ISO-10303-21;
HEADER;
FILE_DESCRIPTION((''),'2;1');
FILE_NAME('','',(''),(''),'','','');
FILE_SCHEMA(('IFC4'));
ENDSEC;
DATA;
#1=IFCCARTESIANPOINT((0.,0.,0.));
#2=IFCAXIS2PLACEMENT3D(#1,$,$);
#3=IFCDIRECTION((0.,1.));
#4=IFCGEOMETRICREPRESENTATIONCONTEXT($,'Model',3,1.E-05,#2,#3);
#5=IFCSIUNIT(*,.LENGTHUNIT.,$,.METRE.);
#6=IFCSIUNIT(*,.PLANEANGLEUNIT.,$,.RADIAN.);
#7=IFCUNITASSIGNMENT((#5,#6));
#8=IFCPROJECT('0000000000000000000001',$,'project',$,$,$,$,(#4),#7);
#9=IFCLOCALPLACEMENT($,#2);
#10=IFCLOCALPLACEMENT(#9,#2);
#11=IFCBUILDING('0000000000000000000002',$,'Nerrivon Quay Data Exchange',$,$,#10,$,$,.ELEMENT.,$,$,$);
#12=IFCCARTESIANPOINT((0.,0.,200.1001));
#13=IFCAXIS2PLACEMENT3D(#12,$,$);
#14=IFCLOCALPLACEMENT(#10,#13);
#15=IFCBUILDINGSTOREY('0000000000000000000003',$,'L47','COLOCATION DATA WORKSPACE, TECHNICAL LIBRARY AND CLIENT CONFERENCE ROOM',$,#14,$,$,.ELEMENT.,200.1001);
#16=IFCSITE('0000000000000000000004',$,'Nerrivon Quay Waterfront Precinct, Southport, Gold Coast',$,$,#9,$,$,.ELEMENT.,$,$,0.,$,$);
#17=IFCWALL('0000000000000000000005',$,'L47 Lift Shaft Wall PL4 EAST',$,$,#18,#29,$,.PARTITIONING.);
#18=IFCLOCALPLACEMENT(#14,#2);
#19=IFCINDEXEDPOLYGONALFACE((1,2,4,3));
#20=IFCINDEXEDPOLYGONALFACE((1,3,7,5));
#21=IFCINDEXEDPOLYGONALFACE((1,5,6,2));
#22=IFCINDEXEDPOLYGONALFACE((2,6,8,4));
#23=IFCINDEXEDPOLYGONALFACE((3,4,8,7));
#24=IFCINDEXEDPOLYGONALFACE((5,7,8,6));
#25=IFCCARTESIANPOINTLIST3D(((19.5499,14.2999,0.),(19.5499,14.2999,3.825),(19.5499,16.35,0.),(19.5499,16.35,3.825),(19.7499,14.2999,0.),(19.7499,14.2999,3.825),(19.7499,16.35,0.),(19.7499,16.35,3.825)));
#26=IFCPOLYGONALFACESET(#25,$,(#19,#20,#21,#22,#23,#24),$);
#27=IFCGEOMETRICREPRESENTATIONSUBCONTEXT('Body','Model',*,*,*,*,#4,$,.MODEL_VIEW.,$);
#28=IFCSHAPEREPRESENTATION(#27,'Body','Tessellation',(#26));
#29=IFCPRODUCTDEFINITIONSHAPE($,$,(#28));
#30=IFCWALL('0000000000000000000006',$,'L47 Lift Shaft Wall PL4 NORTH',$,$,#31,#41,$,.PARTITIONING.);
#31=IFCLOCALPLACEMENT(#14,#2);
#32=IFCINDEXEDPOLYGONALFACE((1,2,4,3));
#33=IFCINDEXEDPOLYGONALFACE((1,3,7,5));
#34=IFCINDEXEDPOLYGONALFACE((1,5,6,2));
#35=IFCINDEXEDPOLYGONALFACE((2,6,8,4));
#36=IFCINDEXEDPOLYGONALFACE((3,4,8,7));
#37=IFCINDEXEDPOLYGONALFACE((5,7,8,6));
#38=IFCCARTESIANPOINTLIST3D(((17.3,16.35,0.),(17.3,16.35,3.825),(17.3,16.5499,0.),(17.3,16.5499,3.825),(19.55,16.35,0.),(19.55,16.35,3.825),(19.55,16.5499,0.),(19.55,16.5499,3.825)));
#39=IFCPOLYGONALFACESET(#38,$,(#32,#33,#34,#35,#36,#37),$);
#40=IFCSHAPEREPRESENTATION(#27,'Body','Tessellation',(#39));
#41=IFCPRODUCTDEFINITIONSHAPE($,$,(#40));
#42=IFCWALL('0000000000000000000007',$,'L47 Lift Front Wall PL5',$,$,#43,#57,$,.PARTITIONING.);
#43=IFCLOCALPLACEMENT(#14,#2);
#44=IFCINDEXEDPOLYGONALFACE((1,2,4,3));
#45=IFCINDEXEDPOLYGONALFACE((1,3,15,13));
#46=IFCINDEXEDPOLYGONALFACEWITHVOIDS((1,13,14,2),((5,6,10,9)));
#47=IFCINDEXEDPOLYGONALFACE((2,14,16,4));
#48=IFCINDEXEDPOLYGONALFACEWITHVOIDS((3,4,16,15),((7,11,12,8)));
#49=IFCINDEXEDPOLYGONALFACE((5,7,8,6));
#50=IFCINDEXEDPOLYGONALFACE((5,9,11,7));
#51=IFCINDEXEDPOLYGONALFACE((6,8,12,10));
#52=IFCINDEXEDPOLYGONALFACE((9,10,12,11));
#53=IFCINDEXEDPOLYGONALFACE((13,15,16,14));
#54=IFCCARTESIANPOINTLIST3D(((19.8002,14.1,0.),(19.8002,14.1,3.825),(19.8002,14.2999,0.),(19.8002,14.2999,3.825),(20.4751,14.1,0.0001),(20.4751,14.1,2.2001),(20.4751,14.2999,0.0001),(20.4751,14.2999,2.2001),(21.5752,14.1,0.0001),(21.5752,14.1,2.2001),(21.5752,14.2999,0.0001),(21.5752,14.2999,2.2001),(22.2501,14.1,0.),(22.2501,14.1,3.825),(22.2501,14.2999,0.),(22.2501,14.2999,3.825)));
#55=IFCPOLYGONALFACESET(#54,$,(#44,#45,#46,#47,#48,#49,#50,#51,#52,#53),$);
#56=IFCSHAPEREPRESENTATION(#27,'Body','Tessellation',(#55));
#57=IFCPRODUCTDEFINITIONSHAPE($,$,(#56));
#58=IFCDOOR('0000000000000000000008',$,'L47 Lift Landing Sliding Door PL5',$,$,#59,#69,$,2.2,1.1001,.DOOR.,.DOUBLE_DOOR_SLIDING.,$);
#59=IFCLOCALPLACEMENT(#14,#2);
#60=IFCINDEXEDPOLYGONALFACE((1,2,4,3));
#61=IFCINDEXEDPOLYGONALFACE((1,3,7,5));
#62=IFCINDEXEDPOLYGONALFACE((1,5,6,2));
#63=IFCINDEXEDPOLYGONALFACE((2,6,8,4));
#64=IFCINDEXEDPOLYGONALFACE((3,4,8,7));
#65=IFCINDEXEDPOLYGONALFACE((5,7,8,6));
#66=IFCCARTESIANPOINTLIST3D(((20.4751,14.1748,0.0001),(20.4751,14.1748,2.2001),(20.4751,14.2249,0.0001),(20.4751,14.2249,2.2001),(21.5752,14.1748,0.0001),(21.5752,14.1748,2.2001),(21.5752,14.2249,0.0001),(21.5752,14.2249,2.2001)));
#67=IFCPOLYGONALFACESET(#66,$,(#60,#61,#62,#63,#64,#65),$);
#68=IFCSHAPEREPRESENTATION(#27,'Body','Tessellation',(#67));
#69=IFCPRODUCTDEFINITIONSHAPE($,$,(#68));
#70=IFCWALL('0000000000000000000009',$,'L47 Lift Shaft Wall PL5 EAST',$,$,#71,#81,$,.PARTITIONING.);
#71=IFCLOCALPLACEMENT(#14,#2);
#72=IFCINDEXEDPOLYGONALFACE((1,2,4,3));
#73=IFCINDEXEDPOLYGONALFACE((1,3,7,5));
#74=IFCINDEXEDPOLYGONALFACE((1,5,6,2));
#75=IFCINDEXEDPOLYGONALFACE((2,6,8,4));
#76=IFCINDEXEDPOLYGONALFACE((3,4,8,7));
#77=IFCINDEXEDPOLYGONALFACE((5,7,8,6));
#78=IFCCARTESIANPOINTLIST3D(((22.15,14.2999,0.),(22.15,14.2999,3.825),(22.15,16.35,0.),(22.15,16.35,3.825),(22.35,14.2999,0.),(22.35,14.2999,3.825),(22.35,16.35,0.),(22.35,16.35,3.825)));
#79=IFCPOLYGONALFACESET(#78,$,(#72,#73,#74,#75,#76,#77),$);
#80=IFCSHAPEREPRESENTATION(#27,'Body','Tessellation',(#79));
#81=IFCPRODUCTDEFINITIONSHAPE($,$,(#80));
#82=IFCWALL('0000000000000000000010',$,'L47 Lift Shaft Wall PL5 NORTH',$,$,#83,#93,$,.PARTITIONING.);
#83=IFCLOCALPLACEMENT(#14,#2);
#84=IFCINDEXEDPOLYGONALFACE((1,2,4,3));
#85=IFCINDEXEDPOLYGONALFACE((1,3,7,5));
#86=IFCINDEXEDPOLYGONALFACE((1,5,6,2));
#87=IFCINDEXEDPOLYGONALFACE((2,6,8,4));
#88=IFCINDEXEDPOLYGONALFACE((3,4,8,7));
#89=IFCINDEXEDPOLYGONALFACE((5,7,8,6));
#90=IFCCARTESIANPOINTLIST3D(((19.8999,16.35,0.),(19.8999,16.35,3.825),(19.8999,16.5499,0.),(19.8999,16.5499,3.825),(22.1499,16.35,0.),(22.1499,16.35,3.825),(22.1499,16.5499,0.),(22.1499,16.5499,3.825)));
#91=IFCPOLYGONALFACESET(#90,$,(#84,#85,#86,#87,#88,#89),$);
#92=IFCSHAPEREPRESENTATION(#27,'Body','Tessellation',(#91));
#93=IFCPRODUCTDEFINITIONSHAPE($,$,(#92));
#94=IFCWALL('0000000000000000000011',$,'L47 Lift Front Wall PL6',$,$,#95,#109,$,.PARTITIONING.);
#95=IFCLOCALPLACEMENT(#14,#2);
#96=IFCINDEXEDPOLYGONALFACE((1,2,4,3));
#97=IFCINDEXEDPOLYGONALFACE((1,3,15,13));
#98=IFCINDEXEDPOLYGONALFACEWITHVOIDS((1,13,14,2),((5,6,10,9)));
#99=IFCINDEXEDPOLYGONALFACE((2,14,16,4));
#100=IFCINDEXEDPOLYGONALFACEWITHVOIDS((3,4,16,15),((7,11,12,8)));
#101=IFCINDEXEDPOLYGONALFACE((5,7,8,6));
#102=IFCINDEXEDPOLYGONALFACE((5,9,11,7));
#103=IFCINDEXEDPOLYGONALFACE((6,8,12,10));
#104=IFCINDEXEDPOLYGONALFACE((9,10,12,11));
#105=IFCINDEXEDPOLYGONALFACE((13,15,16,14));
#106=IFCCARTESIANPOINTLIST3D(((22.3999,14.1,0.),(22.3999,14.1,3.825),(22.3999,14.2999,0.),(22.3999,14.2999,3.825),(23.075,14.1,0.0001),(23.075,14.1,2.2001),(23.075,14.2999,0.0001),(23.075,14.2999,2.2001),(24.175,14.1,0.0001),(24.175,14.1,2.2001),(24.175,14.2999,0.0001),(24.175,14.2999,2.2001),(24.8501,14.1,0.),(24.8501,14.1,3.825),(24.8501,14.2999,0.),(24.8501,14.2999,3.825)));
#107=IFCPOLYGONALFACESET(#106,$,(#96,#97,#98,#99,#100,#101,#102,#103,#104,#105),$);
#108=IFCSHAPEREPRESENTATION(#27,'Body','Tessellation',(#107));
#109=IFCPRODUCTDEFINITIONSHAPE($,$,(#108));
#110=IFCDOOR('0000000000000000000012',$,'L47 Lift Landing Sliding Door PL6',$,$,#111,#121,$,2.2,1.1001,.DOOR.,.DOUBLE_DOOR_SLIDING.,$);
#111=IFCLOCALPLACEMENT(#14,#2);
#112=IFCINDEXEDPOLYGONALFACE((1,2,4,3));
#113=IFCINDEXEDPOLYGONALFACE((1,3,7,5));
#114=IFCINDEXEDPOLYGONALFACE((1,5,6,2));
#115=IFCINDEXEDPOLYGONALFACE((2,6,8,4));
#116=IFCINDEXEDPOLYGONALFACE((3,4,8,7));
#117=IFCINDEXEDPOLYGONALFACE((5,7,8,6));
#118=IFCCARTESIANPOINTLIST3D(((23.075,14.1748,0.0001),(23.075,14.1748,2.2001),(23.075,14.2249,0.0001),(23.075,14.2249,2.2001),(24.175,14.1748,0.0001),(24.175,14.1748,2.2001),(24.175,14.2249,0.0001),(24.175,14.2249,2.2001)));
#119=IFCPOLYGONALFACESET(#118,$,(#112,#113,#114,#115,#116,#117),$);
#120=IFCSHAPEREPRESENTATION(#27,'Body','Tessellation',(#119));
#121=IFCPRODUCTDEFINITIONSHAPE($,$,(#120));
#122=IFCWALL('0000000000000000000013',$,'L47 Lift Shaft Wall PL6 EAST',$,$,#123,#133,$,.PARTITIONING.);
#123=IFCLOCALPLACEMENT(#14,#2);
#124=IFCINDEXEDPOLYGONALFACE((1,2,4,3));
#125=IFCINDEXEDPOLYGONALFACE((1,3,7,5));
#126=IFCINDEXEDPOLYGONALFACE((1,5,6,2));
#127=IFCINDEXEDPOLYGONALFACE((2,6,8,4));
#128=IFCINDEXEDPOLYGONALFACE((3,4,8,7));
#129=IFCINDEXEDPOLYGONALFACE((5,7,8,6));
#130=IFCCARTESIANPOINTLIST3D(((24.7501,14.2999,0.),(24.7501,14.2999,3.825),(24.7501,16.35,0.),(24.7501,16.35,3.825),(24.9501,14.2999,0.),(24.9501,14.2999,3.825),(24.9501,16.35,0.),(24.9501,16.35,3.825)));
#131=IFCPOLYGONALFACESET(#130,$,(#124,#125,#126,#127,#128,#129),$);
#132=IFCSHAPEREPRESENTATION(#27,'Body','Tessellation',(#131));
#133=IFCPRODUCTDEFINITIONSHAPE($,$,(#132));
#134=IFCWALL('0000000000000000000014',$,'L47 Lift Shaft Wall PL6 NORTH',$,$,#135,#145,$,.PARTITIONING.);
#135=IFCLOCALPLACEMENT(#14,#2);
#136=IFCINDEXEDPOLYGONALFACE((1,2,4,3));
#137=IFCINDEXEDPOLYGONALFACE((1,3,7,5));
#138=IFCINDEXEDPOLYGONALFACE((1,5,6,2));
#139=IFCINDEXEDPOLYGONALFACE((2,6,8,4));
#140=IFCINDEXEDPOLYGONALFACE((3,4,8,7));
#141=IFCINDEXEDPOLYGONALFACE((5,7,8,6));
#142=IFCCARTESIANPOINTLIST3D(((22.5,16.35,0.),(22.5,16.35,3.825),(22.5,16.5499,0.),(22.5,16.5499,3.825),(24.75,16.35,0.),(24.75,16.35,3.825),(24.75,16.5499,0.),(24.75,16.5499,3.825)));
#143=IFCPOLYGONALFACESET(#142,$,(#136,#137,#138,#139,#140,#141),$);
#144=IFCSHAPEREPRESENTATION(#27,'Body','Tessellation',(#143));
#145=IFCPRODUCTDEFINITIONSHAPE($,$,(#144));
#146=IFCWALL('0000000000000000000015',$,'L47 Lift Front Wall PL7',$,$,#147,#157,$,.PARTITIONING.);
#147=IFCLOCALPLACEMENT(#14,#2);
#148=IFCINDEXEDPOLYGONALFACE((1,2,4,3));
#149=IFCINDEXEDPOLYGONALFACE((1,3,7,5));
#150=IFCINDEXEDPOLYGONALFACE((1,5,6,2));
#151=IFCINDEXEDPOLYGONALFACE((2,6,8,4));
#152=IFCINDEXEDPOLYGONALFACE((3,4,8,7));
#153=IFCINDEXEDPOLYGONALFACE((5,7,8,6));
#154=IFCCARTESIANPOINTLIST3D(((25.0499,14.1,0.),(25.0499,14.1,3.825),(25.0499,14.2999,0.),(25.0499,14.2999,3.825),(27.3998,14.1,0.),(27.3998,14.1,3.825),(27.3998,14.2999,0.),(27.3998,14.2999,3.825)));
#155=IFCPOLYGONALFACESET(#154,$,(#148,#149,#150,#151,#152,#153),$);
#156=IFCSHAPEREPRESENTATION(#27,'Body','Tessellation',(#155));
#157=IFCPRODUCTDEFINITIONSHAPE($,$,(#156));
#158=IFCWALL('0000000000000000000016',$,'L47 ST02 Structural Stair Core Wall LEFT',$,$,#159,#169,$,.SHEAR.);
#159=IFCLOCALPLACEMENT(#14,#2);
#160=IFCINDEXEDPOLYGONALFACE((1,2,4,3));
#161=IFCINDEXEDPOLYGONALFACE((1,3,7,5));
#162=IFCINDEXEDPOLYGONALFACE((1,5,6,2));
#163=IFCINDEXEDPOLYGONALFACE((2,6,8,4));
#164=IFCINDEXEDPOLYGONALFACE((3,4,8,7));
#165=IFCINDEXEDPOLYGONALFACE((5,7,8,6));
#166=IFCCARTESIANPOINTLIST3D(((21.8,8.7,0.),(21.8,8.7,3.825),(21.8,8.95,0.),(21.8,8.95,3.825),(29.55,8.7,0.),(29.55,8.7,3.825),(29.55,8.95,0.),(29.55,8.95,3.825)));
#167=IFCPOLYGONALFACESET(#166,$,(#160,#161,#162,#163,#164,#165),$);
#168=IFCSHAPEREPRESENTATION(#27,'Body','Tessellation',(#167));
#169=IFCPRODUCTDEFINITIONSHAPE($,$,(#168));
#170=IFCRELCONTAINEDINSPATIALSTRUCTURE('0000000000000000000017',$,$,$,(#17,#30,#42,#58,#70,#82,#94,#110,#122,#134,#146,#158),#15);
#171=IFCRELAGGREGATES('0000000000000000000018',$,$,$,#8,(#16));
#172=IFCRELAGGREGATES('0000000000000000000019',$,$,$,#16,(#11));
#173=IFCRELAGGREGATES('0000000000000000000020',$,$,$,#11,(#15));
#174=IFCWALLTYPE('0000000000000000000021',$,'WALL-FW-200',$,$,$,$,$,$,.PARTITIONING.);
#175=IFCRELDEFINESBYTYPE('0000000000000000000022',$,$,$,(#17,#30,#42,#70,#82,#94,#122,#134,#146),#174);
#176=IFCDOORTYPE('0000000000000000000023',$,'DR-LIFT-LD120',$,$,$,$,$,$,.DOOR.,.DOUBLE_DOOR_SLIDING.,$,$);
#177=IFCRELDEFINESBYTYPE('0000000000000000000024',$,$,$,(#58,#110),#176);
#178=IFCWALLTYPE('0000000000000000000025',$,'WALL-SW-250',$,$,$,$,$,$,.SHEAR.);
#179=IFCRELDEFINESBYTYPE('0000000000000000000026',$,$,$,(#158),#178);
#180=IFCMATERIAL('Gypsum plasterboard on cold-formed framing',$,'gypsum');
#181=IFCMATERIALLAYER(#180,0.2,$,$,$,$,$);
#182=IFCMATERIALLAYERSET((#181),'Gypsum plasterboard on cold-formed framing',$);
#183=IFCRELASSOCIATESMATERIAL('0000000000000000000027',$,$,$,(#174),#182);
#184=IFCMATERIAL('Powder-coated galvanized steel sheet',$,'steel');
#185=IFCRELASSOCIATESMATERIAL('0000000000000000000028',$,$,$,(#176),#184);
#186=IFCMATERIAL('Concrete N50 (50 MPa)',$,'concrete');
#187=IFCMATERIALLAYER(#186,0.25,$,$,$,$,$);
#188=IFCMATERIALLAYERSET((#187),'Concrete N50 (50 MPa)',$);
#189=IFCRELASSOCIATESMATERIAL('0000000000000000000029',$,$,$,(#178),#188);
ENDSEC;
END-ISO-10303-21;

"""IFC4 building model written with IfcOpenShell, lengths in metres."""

from ifc_helpers import new_model, si_unit, direction, frame, frame_2d, origin, place, context, subcontext, project, spatial, rectangle, extrude, material, layer, layer_set, type_object, element, fill, save


model = new_model("IFC4")

# Units and contexts
model_context = context("Model", 3, precision=1e-05, world=origin(), true_north=direction((0.0, 1.0)))
body_context = subcontext(model_context, "Body", "Model", "MODEL_VIEW")
ifc_project = project(units=[si_unit("LENGTHUNIT", "METRE"), si_unit("PLANEANGLEUNIT", "RADIAN")], contexts=[model_context])

# Site, building, storey
site_placement = place(None, origin())
site = spatial("IfcSite", under=ifc_project, at=site_placement, Name="Nerrivon Quay Waterfront Precinct, Southport, Gold Coast", CompositionType="ELEMENT", RefElevation=0.0)
building_placement = place(site_placement, origin())
building = spatial("IfcBuilding", under=site, at=building_placement, Name="Nerrivon Quay Data Exchange", CompositionType="ELEMENT")
storey_placement = place(building_placement, frame((0.0, 0.0, 200.1001)))
storey = spatial("IfcBuildingStorey", under=building, at=storey_placement, Name="L47", Description="COLOCATION DATA WORKSPACE, TECHNICAL LIBRARY AND CLIENT CONFERENCE ROOM", CompositionType="ELEMENT", Elevation=200.1001)

# Shared definitions
ifc_material_1 = material(Name="Concrete N50 (50 MPa)", Category="concrete")

# Shared definitions
ifc_material_2 = material(Name="Powder-coated galvanized steel sheet", Category="steel")

# Shared definitions
ifc_material_3 = material(Name="Gypsum plasterboard on cold-formed framing", Category="gypsum")
ifc_layer_1 = layer(ifc_material_3, 0.2)
ifc_layer_set_1 = layer_set([ifc_layer_1], Name="Gypsum plasterboard on cold-formed framing")
wall_type_1 = type_object("IfcWallType", Name="WALL-FW-200", PredefinedType="PARTITIONING", material=ifc_layer_set_1)

# Shared definitions
door_type_1 = type_object("IfcDoorType", Name="DR-LIFT-LD120", OperationType="DOUBLE_DOOR_SLIDING", PredefinedType="DOOR", material=ifc_material_2)

# Walls
wall_1_placement = place(storey_placement, frame((19.6499, 14.3, 0.0), z_axis=(0.0, 0.0, 1.0), x_axis=(0.0, 1.0, 0.0)))
element("IfcWall", 1, at=wall_1_placement, inside=storey, type_object=wall_type_1, Name="L47 Lift Shaft Wall PL4 EAST", PredefinedType="PARTITIONING", context=body_context, shape_type="SweptSolid", body=[
    extrude(rectangle(XDim=2.05, YDim=0.2, at=frame_2d((1.0249, 0.0))), origin(), (0.0, 0.0, 1.0), 3.825),
])
wall_2_placement = place(storey_placement, frame((17.3, 16.45, 0.0), z_axis=(0.0, 0.0, 1.0), x_axis=(1.0, 0.0, 0.0)))
element("IfcWall", 2, at=wall_2_placement, inside=storey, type_object=wall_type_1, Name="L47 Lift Shaft Wall PL4 NORTH", PredefinedType="PARTITIONING", context=body_context, shape_type="SweptSolid", body=[
    extrude(rectangle(XDim=2.25, YDim=0.2, at=frame_2d((1.125, 0.0))), origin(), (0.0, 0.0, 1.0), 3.825),
])

# Wall, opening, door
wall_3_placement = place(storey_placement, frame((19.8, 14.2, 0.0), z_axis=(0.0, 0.0, 1.0), x_axis=(1.0, 0.0, 0.0)))
wall_3 = element("IfcWall", 3, at=wall_3_placement, inside=storey, type_object=wall_type_1, Name="L47 Lift Front Wall PL5", PredefinedType="PARTITIONING", context=body_context, shape_type="SweptSolid", body=[
    extrude(rectangle(XDim=2.45, YDim=0.2, at=frame_2d((1.2251, 0.0))), origin(), (0.0, 0.0, 1.0), 3.825),
])
opening_1_placement = place(wall_3_placement, frame((0.675, 0.0, 0.0)))
opening_1 = element("IfcOpeningElement", 4, at=opening_1_placement, cuts=wall_3, PredefinedType="OPENING", context=body_context, shape_type="SweptSolid", body=[
    extrude(rectangle(XDim=1.1001, YDim=2.2, at=frame_2d((0.55, 1.1001))), frame((0.0, 0.1099, 0.0), z_axis=(0.0, -1.0, 0.0), x_axis=(1.0, 0.0, 0.0)), (0.0, 0.0, 1.0), 0.22),
])
door_1_placement = place(opening_1_placement, origin())
door_1 = element("IfcDoor", 5, at=door_1_placement, inside=storey, type_object=door_type_1, Name="L47 Lift Landing Sliding Door PL5", OperationType="DOUBLE_DOOR_SLIDING", OverallHeight=2.2, OverallWidth=1.1001, PredefinedType="DOOR", context=body_context, shape_type="SweptSolid", body=[
    extrude(rectangle(XDim=1.1001, YDim=2.2, at=frame_2d((0.55, 1.1001))), frame((0.0, 0.0249, 0.0), z_axis=(0.0, -1.0, 0.0), x_axis=(1.0, 0.0, 0.0)), (0.0, 0.0, 1.0), 0.05),
])
fill(opening_1, door_1)

# Walls
wall_4_placement = place(storey_placement, frame((22.25, 14.3, 0.0), z_axis=(0.0, 0.0, 1.0), x_axis=(0.0, 1.0, 0.0)))
element("IfcWall", 6, at=wall_4_placement, inside=storey, type_object=wall_type_1, Name="L47 Lift Shaft Wall PL5 EAST", PredefinedType="PARTITIONING", context=body_context, shape_type="SweptSolid", body=[
    extrude(rectangle(XDim=2.05, YDim=0.2, at=frame_2d((1.0249, 0.0))), origin(), (0.0, 0.0, 1.0), 3.825),
])
wall_5_placement = place(storey_placement, frame((19.8999, 16.45, 0.0), z_axis=(0.0, 0.0, 1.0), x_axis=(1.0, 0.0, 0.0)))
element("IfcWall", 7, at=wall_5_placement, inside=storey, type_object=wall_type_1, Name="L47 Lift Shaft Wall PL5 NORTH", PredefinedType="PARTITIONING", context=body_context, shape_type="SweptSolid", body=[
    extrude(rectangle(XDim=2.25, YDim=0.2, at=frame_2d((1.125, 0.0))), origin(), (0.0, 0.0, 1.0), 3.825),
])

# Wall, opening, door
wall_6_placement = place(storey_placement, frame((22.3999, 14.2, 0.0), z_axis=(0.0, 0.0, 1.0), x_axis=(1.0, 0.0, 0.0)))
wall_6 = element("IfcWall", 8, at=wall_6_placement, inside=storey, type_object=wall_type_1, Name="L47 Lift Front Wall PL6", PredefinedType="PARTITIONING", context=body_context, shape_type="SweptSolid", body=[
    extrude(rectangle(XDim=2.4502, YDim=0.2, at=frame_2d((1.2251, 0.0))), origin(), (0.0, 0.0, 1.0), 3.825),
])
opening_2_placement = place(wall_6_placement, frame((0.675, 0.0, 0.0)))
opening_2 = element("IfcOpeningElement", 9, at=opening_2_placement, cuts=wall_6, PredefinedType="OPENING", context=body_context, shape_type="SweptSolid", body=[
    extrude(rectangle(XDim=1.1001, YDim=2.2, at=frame_2d((0.55, 1.1001))), frame((0.0, 0.1099, 0.0), z_axis=(0.0, -1.0, 0.0), x_axis=(1.0, 0.0, 0.0)), (0.0, 0.0, 1.0), 0.22),
])
door_2_placement = place(opening_2_placement, origin())
door_2 = element("IfcDoor", 10, at=door_2_placement, inside=storey, type_object=door_type_1, Name="L47 Lift Landing Sliding Door PL6", OperationType="DOUBLE_DOOR_SLIDING", OverallHeight=2.2, OverallWidth=1.1001, PredefinedType="DOOR", context=body_context, shape_type="SweptSolid", body=[
    extrude(rectangle(XDim=1.1001, YDim=2.2, at=frame_2d((0.55, 1.1001))), frame((0.0, 0.0249, 0.0), z_axis=(0.0, -1.0, 0.0), x_axis=(1.0, 0.0, 0.0)), (0.0, 0.0, 1.0), 0.05),
])
fill(opening_2, door_2)

# Walls
wall_7_placement = place(storey_placement, frame((24.8501, 14.3, 0.0), z_axis=(0.0, 0.0, 1.0), x_axis=(0.0, 1.0, 0.0)))
element("IfcWall", 11, at=wall_7_placement, inside=storey, type_object=wall_type_1, Name="L47 Lift Shaft Wall PL6 EAST", PredefinedType="PARTITIONING", context=body_context, shape_type="SweptSolid", body=[
    extrude(rectangle(XDim=2.05, YDim=0.2, at=frame_2d((1.0249, 0.0))), origin(), (0.0, 0.0, 1.0), 3.825),
])
wall_8_placement = place(storey_placement, frame((22.5, 16.45, 0.0), z_axis=(0.0, 0.0, 1.0), x_axis=(1.0, 0.0, 0.0)))
element("IfcWall", 12, at=wall_8_placement, inside=storey, type_object=wall_type_1, Name="L47 Lift Shaft Wall PL6 NORTH", PredefinedType="PARTITIONING", context=body_context, shape_type="SweptSolid", body=[
    extrude(rectangle(XDim=2.25, YDim=0.2, at=frame_2d((1.125, 0.0))), origin(), (0.0, 0.0, 1.0), 3.825),
])
wall_9_placement = place(storey_placement, frame((25.05, 14.2, 0.0), z_axis=(0.0, 0.0, 1.0), x_axis=(1.0, 0.0, 0.0)))
element("IfcWall", 13, at=wall_9_placement, inside=storey, type_object=wall_type_1, Name="L47 Lift Front Wall PL7", PredefinedType="PARTITIONING", context=body_context, shape_type="SweptSolid", body=[
    extrude(rectangle(XDim=2.3499, YDim=0.2, at=frame_2d((1.1748, 0.0))), origin(), (0.0, 0.0, 1.0), 3.825),
])
ifc_layer_2 = layer(ifc_material_1, 0.25)
ifc_layer_set_2 = layer_set([ifc_layer_2], Name="Concrete N50 (50 MPa)")
wall_type_2 = type_object("IfcWallType", Name="WALL-SW-250", PredefinedType="SHEAR", material=ifc_layer_set_2)
wall_10_placement = place(storey_placement, frame((21.8, 8.825, 0.0), z_axis=(0.0, 0.0, 1.0), x_axis=(1.0, 0.0, 0.0)))
element("IfcWall", 14, at=wall_10_placement, inside=storey, type_object=wall_type_2, Name="L47 ST02 Structural Stair Core Wall LEFT", PredefinedType="SHEAR", context=body_context, shape_type="SweptSolid", body=[
    extrude(rectangle(XDim=7.75, YDim=0.25, at=frame_2d((3.875, 0.0))), origin(), (0.0, 0.0, 1.0), 3.825),
])

save(model, "model.ifc")
